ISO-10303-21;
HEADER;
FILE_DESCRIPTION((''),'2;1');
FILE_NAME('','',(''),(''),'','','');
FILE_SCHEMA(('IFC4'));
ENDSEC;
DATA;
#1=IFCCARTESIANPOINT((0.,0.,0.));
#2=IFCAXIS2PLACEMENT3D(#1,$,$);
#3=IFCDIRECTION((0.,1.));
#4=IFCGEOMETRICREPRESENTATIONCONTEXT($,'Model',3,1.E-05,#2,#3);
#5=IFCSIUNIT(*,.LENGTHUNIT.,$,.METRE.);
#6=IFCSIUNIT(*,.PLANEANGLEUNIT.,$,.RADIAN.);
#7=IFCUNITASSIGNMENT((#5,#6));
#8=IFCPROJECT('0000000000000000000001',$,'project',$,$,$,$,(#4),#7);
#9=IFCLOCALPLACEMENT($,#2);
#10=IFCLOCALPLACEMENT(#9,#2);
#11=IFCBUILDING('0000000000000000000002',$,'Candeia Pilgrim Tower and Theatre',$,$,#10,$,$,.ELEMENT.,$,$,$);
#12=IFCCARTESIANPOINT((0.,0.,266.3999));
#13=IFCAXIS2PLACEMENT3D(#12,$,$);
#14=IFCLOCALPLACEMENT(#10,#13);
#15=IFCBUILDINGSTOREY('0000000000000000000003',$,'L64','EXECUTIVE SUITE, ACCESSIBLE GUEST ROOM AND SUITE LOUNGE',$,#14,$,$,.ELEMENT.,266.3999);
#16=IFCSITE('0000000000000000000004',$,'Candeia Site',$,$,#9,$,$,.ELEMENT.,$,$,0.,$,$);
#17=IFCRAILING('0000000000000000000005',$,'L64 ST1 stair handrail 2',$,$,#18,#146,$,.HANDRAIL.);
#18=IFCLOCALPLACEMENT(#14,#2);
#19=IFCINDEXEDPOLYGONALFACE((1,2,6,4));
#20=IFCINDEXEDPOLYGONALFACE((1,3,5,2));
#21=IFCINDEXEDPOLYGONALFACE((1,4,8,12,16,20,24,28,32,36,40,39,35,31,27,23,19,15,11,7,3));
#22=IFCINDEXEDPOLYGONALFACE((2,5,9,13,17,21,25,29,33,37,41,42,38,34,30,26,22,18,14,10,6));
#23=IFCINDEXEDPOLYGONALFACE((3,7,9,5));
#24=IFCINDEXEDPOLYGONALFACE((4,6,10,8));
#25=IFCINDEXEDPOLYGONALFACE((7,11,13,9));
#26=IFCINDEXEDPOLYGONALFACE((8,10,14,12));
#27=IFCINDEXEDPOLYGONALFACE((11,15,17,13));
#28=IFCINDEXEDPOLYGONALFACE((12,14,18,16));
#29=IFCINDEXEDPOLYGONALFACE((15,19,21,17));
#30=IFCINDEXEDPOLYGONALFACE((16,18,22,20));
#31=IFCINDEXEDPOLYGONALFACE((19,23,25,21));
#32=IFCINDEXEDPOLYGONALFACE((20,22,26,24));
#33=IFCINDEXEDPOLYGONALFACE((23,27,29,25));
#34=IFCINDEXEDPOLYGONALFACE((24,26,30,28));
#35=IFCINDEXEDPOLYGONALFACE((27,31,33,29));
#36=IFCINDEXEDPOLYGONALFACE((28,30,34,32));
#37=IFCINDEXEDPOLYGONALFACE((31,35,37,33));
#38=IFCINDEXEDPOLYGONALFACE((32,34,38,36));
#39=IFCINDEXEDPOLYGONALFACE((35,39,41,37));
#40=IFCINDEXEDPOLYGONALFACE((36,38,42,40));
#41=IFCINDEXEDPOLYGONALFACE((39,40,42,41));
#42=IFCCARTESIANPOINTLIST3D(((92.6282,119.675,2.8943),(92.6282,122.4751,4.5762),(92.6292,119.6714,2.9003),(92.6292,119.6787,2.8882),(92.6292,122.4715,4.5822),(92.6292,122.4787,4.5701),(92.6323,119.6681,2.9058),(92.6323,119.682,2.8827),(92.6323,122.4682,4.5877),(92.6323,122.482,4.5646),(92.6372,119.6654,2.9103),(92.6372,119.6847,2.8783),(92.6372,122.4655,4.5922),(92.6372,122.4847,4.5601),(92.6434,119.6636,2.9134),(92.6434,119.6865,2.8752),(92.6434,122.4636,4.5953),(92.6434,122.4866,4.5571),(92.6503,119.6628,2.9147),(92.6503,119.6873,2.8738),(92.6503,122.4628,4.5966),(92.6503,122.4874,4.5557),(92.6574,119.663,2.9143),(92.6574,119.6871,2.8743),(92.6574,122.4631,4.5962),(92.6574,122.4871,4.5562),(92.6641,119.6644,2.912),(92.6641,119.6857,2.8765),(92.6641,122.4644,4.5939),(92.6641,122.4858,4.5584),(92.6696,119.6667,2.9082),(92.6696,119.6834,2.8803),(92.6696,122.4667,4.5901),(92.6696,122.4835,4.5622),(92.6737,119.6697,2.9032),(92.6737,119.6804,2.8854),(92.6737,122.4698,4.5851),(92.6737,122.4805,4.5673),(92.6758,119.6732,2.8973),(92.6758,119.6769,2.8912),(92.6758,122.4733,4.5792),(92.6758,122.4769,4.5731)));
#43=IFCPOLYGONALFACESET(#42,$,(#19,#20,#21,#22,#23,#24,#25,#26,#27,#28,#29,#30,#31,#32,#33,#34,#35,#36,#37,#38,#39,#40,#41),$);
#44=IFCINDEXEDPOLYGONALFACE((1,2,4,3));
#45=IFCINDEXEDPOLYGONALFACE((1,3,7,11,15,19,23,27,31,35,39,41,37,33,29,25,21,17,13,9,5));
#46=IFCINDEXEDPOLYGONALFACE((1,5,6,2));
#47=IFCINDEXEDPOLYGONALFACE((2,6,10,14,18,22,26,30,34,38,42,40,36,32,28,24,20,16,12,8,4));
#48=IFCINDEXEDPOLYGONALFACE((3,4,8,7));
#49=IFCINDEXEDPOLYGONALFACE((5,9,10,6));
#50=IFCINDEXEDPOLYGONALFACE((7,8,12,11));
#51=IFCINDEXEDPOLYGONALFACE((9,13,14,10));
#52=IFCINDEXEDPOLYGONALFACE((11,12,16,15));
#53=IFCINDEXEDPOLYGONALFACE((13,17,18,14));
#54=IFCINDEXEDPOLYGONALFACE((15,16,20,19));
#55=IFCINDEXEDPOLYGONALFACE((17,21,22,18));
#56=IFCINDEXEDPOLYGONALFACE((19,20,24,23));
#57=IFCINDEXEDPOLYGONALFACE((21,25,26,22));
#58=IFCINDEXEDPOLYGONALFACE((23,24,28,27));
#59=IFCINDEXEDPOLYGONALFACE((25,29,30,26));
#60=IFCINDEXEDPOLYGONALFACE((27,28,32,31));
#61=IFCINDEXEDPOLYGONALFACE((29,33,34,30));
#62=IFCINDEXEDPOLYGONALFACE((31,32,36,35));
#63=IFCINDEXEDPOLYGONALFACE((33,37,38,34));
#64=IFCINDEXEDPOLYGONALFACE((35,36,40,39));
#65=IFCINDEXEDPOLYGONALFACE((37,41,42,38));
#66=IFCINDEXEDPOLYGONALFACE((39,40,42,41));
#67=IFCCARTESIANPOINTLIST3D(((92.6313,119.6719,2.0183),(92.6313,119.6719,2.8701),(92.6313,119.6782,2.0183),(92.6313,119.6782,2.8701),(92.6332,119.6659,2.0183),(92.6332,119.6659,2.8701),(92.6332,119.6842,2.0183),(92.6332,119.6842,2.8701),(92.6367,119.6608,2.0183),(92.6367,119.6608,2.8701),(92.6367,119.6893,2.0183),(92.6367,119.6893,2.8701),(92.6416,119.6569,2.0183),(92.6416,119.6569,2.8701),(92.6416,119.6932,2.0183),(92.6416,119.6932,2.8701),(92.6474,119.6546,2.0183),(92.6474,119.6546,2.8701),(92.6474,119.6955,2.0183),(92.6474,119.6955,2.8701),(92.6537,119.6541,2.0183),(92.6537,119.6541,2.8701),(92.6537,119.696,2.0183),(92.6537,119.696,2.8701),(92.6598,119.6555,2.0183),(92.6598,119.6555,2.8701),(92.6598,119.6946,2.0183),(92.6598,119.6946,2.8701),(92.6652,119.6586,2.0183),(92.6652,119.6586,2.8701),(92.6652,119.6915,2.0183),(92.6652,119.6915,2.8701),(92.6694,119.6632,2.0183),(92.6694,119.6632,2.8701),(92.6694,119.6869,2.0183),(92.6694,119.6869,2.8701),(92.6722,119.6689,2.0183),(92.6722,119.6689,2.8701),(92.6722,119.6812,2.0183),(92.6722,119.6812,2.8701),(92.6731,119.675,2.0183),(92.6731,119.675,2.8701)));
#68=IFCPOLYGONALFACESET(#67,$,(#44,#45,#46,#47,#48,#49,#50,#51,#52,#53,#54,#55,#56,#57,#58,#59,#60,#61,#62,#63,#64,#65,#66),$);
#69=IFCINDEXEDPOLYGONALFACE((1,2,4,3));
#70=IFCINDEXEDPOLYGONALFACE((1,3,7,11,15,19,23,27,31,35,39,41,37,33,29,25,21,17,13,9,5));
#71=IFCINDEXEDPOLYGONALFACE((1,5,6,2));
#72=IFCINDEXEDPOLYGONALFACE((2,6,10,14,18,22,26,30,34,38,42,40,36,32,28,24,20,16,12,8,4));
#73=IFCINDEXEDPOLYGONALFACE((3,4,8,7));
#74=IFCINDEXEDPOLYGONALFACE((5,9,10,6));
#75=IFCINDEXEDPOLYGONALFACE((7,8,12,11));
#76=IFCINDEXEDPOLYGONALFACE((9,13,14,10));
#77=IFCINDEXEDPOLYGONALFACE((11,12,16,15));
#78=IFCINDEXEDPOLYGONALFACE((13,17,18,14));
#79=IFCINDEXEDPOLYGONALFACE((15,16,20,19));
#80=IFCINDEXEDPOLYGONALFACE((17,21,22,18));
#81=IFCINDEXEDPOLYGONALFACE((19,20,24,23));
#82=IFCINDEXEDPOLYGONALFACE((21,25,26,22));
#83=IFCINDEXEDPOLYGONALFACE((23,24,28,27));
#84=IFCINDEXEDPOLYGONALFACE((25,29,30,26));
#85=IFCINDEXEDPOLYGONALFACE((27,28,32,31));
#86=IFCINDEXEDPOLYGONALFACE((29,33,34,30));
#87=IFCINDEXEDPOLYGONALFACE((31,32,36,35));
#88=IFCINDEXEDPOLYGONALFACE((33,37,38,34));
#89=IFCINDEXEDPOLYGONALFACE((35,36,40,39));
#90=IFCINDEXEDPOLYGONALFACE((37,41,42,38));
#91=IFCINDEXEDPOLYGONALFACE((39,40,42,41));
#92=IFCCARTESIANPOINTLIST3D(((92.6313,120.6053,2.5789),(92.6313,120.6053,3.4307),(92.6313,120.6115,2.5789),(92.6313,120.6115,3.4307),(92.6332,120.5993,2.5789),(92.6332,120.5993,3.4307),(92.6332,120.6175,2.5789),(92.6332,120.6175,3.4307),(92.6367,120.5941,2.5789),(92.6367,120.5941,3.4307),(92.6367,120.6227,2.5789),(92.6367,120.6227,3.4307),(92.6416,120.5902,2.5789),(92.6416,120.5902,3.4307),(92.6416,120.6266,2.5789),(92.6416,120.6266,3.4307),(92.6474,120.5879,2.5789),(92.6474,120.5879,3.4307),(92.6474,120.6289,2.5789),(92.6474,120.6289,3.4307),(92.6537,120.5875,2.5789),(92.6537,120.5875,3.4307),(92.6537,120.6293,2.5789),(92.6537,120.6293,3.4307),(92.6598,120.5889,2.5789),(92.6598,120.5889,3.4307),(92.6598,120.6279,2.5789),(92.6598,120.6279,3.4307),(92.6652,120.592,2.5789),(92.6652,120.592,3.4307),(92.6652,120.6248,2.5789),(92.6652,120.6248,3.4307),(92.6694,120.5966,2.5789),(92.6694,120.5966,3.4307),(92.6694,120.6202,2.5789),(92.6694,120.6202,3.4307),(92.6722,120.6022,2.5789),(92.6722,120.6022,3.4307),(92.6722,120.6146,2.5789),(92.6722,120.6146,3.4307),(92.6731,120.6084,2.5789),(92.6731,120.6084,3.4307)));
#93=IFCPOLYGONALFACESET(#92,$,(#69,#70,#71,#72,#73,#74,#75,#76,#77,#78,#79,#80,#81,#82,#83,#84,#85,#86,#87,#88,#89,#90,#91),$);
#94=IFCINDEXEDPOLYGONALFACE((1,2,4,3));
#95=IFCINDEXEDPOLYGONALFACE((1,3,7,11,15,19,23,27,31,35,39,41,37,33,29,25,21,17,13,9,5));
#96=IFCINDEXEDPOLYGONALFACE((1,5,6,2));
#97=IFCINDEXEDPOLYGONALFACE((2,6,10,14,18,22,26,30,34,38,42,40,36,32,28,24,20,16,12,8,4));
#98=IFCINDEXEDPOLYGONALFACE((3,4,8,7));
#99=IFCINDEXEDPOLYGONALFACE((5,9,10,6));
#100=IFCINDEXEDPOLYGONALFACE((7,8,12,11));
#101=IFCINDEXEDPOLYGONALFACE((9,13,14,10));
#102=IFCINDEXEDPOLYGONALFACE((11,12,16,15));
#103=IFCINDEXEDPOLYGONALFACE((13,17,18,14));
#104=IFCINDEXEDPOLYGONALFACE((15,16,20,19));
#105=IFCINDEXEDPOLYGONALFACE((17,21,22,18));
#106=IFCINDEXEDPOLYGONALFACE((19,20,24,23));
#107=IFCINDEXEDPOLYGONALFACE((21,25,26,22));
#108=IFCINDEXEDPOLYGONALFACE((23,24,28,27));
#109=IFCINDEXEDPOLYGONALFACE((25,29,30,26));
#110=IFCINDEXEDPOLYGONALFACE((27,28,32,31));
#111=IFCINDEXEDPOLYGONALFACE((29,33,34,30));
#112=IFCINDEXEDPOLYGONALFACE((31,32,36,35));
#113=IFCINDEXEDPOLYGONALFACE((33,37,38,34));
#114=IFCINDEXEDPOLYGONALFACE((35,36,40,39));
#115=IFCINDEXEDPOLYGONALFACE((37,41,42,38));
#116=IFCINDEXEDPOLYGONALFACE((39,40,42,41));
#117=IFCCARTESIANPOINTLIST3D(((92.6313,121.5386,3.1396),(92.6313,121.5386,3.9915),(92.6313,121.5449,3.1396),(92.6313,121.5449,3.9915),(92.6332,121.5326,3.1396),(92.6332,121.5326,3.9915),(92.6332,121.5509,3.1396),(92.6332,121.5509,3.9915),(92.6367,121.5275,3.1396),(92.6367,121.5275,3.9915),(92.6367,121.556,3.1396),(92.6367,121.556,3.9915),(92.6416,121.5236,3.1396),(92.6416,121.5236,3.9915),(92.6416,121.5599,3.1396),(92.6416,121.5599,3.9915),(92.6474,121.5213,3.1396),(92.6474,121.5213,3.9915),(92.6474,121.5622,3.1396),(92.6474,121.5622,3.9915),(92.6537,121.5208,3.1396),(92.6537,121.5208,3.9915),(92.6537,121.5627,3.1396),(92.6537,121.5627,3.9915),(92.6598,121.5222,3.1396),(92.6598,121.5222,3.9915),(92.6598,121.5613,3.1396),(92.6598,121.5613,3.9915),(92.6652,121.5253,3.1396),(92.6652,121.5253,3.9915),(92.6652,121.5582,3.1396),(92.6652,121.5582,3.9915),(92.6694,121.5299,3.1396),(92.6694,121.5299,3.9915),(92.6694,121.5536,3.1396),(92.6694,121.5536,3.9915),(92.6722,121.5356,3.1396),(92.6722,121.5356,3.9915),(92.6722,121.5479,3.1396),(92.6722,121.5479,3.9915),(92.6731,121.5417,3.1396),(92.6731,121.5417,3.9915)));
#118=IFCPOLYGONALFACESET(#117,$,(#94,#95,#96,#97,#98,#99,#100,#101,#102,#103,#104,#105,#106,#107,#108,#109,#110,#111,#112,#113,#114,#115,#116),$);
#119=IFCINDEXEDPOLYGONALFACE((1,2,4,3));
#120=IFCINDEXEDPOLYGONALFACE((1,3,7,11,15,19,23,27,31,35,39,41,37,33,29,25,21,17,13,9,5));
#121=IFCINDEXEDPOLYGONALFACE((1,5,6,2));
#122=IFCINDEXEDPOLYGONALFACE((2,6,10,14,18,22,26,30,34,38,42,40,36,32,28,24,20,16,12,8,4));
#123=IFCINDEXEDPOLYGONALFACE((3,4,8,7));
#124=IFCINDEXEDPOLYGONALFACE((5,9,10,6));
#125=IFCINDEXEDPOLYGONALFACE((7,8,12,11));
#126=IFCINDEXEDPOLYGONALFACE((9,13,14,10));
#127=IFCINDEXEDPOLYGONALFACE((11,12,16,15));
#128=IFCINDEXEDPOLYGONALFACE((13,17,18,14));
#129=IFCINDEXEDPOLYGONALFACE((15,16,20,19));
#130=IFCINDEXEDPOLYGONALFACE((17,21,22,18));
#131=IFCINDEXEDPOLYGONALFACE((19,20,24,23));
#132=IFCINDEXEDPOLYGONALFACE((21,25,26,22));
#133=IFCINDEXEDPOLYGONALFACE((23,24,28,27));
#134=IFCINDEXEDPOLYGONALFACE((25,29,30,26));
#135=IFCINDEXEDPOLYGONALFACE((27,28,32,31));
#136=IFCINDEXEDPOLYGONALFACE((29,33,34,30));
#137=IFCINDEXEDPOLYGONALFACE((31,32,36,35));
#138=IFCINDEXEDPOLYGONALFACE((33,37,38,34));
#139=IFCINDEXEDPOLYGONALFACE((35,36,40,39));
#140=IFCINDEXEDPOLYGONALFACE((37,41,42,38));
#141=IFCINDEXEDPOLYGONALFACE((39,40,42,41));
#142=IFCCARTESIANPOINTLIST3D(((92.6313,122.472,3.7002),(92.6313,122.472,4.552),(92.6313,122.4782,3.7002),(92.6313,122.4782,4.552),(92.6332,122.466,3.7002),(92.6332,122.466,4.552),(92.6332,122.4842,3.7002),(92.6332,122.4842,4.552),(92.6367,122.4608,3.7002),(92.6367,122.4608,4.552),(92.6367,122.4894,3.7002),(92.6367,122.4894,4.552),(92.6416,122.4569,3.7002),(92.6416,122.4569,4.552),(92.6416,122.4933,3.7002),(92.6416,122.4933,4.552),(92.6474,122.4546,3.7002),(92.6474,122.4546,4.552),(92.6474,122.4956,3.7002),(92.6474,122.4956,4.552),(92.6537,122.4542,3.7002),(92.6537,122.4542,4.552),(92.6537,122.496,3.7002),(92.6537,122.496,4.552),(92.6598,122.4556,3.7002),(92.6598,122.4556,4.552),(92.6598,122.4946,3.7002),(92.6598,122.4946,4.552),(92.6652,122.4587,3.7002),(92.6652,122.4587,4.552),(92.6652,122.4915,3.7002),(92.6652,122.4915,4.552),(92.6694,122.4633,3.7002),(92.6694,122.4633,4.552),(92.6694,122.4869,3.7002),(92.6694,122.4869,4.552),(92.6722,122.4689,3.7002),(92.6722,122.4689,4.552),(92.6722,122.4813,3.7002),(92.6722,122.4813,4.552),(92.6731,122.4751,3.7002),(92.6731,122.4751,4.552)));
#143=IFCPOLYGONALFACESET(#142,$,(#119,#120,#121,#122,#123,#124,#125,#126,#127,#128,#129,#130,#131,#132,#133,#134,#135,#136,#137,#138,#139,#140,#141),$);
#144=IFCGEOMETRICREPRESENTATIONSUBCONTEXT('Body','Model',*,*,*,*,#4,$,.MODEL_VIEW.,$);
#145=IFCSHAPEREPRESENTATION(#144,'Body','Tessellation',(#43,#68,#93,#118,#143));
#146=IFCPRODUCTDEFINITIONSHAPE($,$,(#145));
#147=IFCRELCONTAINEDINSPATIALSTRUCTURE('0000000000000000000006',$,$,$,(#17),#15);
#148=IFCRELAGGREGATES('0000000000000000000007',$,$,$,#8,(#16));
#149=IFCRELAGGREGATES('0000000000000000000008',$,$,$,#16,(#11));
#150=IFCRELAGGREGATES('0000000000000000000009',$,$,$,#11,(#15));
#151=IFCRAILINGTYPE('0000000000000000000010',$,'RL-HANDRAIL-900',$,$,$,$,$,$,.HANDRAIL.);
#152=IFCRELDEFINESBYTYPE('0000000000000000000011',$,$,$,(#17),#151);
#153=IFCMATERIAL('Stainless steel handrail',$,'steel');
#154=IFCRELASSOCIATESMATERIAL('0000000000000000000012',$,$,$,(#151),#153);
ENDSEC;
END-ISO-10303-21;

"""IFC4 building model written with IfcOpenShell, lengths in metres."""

from ifc_helpers import new_model, si_unit, direction, frame, origin, origin_2d, place, context, subcontext, project, spatial, circle, extrude, material, type_object, element, save


model = new_model("IFC4")

# Units and contexts
model_context = context("Model", 3, precision=1e-05, world=origin(), true_north=direction((0.0, 1.0)))
body_context = subcontext(model_context, "Body", "Model", "MODEL_VIEW")
ifc_project = project(units=[si_unit("LENGTHUNIT", "METRE"), si_unit("PLANEANGLEUNIT", "RADIAN")], contexts=[model_context])

# Site, building, storey
site_placement = place(None, origin())
site = spatial("IfcSite", under=ifc_project, at=site_placement, Name="Candeia Site", CompositionType="ELEMENT", RefElevation=0.0)
building_placement = place(site_placement, origin())
building = spatial("IfcBuilding", under=site, at=building_placement, Name="Candeia Pilgrim Tower and Theatre", CompositionType="ELEMENT")
storey_placement = place(building_placement, frame((0.0, 0.0, 266.3999)))
storey = spatial("IfcBuildingStorey", under=building, at=storey_placement, Name="L64", Description="EXECUTIVE SUITE, ACCESSIBLE GUEST ROOM AND SUITE LOUNGE", CompositionType="ELEMENT", Elevation=266.3999)

# Railing
ifc_material_1 = material(Name="Stainless steel handrail", Category="steel")
railing_type_1 = type_object("IfcRailingType", Name="RL-HANDRAIL-900", PredefinedType="HANDRAIL", material=ifc_material_1)
railing_1_placement = place(storey_placement, frame((92.6521, 119.675, 2.0183)))
element("IfcRailing", 1, at=railing_1_placement, inside=storey, type_object=railing_type_1, Name="L64 ST1 stair handrail 2", PredefinedType="HANDRAIL", context=body_context, shape_type="SweptSolid", body=[
    extrude(circle(Radius=0.0239, at=origin_2d()), frame((0.0, 0.0, 0.876), z_axis=(0.0, 0.857242, 0.514913), x_axis=(-1.0, 0.0, 0.0)), (0.0, 0.0, 1.0), 3.2664),
    extrude(circle(Radius=0.021, at=origin_2d()), origin(), (0.0, 0.0, 1.0), 0.8518),
    extrude(circle(Radius=0.021, at=origin_2d()), frame((0.0, 0.9333, 0.5605)), (0.0, 0.0, 1.0), 0.8518),
    extrude(circle(Radius=0.021, at=origin_2d()), frame((0.0, 1.8667, 1.1213)), (0.0, 0.0, 1.0), 0.8518),
    extrude(circle(Radius=0.021, at=origin_2d()), frame((0.0, 2.8, 1.6819)), (0.0, 0.0, 1.0), 0.8518),
])

save(model, "model.ifc")
